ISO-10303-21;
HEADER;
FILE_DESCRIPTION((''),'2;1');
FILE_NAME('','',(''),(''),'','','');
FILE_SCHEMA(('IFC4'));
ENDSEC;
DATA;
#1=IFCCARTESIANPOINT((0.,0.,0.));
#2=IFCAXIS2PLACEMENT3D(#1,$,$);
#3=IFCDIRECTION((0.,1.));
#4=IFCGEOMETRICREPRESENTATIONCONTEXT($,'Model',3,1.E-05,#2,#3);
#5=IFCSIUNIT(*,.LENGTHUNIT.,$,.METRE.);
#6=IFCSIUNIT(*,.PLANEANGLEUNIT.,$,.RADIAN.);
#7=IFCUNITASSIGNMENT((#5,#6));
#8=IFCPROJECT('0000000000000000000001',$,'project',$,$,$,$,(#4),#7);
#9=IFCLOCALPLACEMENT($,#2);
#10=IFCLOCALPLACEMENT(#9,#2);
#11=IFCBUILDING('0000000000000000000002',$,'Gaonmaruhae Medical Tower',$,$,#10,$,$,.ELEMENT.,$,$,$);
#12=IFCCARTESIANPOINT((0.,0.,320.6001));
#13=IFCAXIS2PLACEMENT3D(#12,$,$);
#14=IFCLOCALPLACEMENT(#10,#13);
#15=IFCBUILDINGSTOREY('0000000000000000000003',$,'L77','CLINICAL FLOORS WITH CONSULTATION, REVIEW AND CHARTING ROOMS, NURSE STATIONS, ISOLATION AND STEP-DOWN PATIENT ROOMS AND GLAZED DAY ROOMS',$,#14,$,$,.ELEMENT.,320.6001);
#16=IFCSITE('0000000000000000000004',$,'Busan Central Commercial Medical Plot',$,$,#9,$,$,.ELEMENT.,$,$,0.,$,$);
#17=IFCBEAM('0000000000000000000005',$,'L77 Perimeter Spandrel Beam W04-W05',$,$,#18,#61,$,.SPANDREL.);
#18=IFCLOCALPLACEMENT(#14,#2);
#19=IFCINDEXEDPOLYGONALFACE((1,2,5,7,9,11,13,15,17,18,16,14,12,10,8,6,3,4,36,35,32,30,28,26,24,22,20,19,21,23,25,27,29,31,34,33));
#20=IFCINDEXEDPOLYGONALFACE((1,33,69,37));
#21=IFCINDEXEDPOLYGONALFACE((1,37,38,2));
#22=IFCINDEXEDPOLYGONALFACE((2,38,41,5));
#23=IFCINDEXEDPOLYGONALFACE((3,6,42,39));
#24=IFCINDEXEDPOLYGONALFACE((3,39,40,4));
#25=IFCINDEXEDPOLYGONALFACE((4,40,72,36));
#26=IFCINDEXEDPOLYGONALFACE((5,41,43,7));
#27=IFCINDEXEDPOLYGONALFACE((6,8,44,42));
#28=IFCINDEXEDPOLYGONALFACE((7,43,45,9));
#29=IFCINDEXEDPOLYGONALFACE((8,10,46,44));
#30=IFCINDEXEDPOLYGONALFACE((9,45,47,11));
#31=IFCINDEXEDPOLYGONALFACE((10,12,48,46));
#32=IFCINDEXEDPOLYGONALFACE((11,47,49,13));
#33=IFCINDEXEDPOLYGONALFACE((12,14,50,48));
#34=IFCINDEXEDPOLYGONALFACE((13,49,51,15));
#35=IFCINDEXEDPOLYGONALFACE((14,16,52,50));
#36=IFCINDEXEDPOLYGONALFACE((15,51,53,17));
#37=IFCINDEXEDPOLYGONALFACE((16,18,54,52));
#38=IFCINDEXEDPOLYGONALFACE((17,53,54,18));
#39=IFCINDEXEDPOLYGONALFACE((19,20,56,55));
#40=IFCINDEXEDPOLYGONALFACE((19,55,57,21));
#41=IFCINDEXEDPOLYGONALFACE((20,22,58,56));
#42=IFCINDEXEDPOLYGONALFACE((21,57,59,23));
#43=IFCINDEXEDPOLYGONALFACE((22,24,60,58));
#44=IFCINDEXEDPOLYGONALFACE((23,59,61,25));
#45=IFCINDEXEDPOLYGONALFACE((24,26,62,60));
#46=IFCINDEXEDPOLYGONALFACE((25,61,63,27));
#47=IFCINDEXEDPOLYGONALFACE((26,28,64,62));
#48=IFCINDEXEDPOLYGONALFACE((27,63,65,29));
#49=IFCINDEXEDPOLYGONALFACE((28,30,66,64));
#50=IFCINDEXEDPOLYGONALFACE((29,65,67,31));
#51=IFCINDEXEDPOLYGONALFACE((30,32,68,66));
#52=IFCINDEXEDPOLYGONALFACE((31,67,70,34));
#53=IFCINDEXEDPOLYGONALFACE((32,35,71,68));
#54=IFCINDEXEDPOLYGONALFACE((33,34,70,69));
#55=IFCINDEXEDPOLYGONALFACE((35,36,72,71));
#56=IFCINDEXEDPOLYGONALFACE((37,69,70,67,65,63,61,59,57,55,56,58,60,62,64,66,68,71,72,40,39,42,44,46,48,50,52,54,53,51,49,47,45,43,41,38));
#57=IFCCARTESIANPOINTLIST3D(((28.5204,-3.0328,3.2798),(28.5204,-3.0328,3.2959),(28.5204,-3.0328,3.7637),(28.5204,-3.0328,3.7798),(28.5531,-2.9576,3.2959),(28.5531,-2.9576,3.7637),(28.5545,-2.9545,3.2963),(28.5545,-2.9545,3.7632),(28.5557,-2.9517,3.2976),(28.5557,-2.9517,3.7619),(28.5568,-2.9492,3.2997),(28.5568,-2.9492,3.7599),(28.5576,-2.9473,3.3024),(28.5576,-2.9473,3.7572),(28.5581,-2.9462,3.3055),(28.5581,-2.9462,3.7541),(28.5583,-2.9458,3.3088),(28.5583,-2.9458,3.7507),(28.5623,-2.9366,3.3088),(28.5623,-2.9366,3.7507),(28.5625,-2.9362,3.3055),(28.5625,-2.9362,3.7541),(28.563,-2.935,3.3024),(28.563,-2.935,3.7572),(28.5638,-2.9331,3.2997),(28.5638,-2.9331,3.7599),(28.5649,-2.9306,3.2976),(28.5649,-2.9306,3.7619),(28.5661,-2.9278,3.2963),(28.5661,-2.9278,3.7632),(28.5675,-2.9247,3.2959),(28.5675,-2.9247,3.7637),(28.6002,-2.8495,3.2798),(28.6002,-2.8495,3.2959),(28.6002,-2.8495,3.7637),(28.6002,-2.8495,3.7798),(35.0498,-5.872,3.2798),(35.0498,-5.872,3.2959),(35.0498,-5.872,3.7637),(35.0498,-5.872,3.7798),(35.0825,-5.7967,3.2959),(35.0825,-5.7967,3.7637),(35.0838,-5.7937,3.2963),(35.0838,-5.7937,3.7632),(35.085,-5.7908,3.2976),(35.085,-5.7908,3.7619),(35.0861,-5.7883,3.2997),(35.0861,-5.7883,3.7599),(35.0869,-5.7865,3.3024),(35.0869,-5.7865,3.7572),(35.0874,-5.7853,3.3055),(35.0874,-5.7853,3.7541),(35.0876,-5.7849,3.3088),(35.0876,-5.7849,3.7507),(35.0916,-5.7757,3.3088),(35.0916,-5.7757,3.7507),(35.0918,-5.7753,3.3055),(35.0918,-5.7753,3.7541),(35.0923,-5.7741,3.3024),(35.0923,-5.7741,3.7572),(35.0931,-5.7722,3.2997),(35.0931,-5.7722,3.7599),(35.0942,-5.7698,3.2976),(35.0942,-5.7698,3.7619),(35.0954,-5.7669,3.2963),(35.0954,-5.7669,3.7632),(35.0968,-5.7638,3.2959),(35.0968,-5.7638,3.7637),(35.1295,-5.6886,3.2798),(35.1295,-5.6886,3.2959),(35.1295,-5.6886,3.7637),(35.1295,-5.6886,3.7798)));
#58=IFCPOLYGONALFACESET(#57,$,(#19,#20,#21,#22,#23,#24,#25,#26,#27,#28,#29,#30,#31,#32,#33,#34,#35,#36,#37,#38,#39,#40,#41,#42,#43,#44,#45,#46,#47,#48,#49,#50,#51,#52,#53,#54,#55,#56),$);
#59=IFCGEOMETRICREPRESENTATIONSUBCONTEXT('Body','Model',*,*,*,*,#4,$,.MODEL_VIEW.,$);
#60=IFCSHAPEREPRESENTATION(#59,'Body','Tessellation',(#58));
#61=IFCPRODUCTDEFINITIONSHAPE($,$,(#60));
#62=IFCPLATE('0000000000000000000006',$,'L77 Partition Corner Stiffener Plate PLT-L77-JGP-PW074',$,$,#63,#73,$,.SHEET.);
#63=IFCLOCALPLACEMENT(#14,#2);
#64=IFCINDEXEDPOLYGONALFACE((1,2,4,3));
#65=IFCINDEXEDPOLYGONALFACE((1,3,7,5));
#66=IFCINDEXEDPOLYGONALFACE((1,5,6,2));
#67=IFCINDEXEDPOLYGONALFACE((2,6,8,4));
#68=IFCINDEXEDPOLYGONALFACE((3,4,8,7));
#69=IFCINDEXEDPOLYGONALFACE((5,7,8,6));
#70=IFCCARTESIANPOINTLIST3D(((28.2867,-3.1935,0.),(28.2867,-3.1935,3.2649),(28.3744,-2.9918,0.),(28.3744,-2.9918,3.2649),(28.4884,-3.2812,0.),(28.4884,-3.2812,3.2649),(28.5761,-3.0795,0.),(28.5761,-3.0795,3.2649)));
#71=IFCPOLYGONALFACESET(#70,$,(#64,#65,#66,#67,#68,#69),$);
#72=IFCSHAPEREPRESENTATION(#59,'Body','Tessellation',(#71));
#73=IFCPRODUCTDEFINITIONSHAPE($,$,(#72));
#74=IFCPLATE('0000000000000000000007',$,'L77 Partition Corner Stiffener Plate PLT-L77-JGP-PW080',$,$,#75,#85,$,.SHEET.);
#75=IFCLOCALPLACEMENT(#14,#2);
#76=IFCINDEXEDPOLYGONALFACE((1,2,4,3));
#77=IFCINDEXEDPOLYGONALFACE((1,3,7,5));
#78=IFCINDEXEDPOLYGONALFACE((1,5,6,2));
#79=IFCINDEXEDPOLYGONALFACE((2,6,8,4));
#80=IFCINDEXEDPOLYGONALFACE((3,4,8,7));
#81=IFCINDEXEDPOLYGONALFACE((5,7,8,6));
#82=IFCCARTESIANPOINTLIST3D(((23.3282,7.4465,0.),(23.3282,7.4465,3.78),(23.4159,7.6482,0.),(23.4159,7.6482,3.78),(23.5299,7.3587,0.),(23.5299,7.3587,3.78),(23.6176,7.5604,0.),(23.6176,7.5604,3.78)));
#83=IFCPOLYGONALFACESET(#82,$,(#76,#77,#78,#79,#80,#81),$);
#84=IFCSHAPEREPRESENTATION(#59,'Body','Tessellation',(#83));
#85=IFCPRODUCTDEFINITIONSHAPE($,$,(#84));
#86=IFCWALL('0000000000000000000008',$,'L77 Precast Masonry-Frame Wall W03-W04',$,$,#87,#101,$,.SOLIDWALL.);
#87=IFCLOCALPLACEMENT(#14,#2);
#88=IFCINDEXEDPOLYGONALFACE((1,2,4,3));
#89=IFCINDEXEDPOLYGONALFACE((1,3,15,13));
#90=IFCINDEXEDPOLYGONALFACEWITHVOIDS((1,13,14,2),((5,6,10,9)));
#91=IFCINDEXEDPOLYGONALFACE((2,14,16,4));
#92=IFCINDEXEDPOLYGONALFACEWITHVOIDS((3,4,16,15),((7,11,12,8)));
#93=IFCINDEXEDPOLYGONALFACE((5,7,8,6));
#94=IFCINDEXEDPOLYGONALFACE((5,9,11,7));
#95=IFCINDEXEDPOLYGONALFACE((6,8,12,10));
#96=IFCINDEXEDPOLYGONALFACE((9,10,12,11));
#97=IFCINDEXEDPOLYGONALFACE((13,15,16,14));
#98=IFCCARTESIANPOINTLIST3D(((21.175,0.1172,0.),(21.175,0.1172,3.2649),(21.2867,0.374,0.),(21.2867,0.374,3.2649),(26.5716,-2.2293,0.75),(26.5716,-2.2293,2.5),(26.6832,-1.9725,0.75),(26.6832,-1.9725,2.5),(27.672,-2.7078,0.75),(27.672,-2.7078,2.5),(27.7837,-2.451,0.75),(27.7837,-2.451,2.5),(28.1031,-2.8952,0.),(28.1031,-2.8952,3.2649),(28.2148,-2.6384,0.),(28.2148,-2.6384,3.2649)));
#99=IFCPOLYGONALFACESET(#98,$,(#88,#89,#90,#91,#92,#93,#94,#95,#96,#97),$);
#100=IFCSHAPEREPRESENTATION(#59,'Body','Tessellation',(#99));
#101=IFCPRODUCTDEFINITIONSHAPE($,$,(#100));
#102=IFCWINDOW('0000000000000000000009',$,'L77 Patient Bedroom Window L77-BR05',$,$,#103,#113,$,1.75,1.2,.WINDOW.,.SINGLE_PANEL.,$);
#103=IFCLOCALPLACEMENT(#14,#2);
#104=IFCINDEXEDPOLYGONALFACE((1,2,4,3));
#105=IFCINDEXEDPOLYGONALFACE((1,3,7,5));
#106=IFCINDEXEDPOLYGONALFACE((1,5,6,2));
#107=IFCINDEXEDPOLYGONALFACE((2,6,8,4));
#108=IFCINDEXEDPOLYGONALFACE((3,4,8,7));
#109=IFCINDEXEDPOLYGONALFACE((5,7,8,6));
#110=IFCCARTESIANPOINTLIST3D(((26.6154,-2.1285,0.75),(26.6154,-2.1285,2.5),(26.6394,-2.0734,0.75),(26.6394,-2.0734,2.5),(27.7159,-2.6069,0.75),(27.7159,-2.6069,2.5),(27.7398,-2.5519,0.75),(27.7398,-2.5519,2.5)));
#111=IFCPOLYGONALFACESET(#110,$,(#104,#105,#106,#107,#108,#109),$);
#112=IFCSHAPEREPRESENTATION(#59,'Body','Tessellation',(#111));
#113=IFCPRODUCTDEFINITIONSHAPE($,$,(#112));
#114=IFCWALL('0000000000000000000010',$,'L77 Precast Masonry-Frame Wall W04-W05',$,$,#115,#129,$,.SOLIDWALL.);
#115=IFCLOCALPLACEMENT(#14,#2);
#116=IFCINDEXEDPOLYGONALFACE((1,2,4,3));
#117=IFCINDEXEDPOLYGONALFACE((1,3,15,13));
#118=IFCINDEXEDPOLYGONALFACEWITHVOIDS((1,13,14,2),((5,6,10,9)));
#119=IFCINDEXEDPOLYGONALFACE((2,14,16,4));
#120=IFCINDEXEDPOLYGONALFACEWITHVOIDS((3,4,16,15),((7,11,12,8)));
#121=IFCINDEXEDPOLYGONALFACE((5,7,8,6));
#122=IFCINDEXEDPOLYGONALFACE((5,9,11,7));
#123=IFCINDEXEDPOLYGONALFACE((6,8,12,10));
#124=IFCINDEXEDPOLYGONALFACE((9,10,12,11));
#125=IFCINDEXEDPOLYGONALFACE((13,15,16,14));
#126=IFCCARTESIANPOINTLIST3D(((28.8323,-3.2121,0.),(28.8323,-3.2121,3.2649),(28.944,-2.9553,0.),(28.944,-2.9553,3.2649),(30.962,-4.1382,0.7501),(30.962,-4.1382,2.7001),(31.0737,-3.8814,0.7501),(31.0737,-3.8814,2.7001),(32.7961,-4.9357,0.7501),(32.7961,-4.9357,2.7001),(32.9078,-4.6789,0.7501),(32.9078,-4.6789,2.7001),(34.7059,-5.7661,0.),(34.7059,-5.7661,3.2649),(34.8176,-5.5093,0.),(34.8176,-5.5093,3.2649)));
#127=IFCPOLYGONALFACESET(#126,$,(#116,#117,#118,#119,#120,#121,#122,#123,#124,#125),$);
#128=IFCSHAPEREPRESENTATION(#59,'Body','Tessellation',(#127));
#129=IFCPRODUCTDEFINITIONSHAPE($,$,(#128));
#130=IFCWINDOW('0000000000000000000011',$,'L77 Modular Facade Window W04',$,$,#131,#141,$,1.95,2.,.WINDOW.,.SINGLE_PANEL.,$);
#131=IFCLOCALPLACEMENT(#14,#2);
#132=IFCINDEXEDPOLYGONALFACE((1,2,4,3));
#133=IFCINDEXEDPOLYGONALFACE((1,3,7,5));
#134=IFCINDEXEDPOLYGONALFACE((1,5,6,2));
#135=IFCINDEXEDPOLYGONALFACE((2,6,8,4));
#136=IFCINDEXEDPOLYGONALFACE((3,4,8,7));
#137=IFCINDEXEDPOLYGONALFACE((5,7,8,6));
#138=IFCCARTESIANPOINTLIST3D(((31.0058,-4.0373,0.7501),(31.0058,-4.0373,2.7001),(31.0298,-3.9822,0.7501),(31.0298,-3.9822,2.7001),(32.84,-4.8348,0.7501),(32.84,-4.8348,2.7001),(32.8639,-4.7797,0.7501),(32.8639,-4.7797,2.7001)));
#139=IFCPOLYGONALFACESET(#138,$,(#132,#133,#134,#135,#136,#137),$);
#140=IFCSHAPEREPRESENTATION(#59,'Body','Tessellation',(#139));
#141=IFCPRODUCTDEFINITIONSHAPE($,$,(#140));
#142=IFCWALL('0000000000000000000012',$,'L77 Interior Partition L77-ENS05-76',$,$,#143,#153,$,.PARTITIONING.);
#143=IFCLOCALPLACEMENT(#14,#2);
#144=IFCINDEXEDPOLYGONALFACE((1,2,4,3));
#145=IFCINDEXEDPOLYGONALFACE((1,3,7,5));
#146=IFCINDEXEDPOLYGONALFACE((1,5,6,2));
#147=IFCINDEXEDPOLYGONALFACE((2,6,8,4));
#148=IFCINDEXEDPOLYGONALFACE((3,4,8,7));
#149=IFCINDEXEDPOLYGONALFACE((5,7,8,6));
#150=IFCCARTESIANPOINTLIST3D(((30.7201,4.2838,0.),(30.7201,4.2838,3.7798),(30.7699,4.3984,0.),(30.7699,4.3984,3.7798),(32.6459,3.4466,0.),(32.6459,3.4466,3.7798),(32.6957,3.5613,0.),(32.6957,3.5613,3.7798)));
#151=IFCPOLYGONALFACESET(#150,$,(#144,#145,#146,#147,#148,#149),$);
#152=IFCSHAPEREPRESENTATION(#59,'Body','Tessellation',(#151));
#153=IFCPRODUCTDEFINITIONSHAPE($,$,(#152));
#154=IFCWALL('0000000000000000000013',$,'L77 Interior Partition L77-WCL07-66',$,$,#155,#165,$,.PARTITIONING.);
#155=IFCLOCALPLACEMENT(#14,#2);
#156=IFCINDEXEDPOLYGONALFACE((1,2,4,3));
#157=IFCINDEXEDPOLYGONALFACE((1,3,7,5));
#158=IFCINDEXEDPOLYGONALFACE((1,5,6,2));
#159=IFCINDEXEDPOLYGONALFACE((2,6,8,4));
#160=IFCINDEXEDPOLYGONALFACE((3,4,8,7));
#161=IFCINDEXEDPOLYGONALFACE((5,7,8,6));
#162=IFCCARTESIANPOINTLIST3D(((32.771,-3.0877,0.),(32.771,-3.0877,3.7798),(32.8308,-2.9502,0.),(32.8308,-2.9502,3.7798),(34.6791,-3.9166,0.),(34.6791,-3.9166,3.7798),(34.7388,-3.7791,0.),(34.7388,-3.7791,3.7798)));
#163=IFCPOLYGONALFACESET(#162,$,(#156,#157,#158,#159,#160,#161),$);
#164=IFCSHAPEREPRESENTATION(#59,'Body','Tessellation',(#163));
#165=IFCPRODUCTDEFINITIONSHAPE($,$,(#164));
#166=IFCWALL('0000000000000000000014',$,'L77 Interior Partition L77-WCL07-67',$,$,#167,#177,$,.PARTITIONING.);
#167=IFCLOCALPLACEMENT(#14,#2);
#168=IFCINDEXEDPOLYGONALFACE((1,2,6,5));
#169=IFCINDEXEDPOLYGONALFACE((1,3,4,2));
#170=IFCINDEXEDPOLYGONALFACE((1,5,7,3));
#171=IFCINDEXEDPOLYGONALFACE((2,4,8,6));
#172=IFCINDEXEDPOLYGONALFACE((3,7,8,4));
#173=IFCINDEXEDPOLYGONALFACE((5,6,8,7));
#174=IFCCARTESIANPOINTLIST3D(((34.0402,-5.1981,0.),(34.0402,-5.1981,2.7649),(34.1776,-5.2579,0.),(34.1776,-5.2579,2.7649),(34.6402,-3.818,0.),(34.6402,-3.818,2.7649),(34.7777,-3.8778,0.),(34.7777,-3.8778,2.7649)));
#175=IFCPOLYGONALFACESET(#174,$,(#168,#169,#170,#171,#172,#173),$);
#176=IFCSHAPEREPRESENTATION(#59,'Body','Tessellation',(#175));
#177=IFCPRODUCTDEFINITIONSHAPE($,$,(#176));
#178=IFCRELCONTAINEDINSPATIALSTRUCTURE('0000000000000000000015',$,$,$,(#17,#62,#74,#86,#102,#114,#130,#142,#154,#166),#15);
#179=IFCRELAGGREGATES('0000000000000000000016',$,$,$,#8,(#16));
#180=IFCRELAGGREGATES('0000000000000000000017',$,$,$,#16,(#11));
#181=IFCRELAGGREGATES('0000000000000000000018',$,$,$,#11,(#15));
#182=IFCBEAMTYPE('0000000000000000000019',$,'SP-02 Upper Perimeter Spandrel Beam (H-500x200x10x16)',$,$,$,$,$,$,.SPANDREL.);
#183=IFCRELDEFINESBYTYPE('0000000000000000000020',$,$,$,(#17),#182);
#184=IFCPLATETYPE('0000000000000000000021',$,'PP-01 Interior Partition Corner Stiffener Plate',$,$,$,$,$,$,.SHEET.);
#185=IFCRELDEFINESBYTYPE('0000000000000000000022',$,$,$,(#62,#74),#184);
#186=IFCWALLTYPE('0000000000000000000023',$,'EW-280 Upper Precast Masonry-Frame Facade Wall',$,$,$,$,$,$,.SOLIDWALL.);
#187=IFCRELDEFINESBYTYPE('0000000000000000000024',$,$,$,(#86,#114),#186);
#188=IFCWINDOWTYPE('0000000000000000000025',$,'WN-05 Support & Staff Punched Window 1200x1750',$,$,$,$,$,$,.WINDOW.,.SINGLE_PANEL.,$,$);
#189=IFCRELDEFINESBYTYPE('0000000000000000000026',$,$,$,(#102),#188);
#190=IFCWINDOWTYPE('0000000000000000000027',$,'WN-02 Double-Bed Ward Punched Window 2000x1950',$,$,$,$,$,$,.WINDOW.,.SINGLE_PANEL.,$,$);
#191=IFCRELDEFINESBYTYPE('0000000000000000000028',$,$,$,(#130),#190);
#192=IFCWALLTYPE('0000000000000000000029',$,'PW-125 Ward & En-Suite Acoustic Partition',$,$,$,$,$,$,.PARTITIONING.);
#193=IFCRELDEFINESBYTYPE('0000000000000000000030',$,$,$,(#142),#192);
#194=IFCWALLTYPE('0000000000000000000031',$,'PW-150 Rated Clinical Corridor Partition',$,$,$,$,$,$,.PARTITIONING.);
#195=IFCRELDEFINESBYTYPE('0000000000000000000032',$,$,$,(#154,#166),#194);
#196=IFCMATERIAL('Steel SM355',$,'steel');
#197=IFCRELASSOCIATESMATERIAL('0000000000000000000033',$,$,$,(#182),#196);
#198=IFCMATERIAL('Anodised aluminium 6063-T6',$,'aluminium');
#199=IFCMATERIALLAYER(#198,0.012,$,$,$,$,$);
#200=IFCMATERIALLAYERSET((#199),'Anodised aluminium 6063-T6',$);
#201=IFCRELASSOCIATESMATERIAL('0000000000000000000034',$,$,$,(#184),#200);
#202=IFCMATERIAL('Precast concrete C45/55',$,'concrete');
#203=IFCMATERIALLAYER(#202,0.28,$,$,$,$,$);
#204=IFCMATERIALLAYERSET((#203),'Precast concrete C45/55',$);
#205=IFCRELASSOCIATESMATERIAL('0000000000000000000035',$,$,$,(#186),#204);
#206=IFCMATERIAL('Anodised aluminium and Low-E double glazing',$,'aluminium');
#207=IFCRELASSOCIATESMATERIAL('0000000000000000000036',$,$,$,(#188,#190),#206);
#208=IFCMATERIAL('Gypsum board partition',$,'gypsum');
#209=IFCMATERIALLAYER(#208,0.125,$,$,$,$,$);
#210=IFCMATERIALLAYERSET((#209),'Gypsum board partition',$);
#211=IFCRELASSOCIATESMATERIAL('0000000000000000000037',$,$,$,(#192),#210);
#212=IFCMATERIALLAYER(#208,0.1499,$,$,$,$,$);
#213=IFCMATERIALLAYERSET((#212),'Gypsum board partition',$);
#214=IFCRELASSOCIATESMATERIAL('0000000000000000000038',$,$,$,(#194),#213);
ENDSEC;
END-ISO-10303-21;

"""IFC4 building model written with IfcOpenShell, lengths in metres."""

from ifc_helpers import new_model, si_unit, direction, frame, frame_2d, origin, origin_2d, place, context, subcontext, project, spatial, rectangle, i_section, extrude, material, layer, layer_set, material_profile, profile_set, type_object, element, fill, save


model = new_model("IFC4")

# Units and contexts
model_context = context("Model", 3, precision=1e-05, world=origin(), true_north=direction((0.0, 1.0)))
body_context = subcontext(model_context, "Body", "Model", "MODEL_VIEW")
ifc_project = project(units=[si_unit("LENGTHUNIT", "METRE"), si_unit("PLANEANGLEUNIT", "RADIAN")], contexts=[model_context])

# Site, building, storey
site_placement = place(None, origin())
site = spatial("IfcSite", under=ifc_project, at=site_placement, Name="Busan Central Commercial Medical Plot", CompositionType="ELEMENT", RefElevation=0.0)
building_placement = place(site_placement, origin())
building = spatial("IfcBuilding", under=site, at=building_placement, Name="Gaonmaruhae Medical Tower", CompositionType="ELEMENT")
storey_placement = place(building_placement, frame((0.0, 0.0, 320.6001)))
storey = spatial("IfcBuildingStorey", under=building, at=storey_placement, Name="L77", Description="CLINICAL FLOORS WITH CONSULTATION, REVIEW AND CHARTING ROOMS, NURSE STATIONS, ISOLATION AND STEP-DOWN PATIENT ROOMS AND GLAZED DAY ROOMS", CompositionType="ELEMENT", Elevation=320.6001)

# Beam
ifc_material_1 = material(Name="Steel SM355", Category="steel")
ifc_material_profile_1 = material_profile(ifc_material_1, i_section(OverallWidth=0.2, OverallDepth=0.5, WebThickness=0.01, FlangeThickness=0.0161, FilletRadius=0.0129, at=origin_2d()), Name="H-500x200x10x16")
ifc_profile_set_1 = profile_set([ifc_material_profile_1], Name="Steel SM355")
beam_type_1 = type_object("IfcBeamType", Name="SP-02 Upper Perimeter Spandrel Beam (H-500x200x10x16)", PredefinedType="SPANDREL", material=ifc_profile_set_1)
beam_1_placement = place(storey_placement, frame((28.5603, -2.9412, 3.5298), z_axis=(0.917055, -0.39876, 0.0), x_axis=(0.39876, 0.917055, 0.0)))
element("IfcBeam", 1, at=beam_1_placement, inside=storey, type_object=beam_type_1, Name="L77 Perimeter Spandrel Beam W04-W05", PredefinedType="SPANDREL", context=body_context, shape_type="SweptSolid", body=[
    extrude(i_section(OverallWidth=0.2, OverallDepth=0.5, WebThickness=0.01, FlangeThickness=0.0161, FilletRadius=0.0129, at=origin_2d()), origin(), (0.0, 0.0, 1.0), 7.1199),
])

# Plates
ifc_material_2 = material(Name="Anodised aluminium 6063-T6", Category="aluminium")
ifc_layer_1 = layer(ifc_material_2, 0.012)
ifc_layer_set_1 = layer_set([ifc_layer_1], Name="Anodised aluminium 6063-T6")
plate_type = type_object("IfcPlateType", Name="PP-01 Interior Partition Corner Stiffener Plate", PredefinedType="SHEET", material=ifc_layer_set_1)
plate_1_placement = place(storey_placement, frame((28.4314, -3.1365, 0.0), z_axis=(0.0, 0.0, 1.0), x_axis=(-0.917053, 0.398765, 0.0)))
element("IfcPlate", 2, at=plate_1_placement, inside=storey, type_object=plate_type, Name="L77 Partition Corner Stiffener Plate PLT-L77-JGP-PW074", PredefinedType="SHEET", context=body_context, shape_type="SweptSolid", body=[
    extrude(rectangle(XDim=0.22, YDim=0.22, at=origin_2d()), origin(), (0.0, 0.0, 1.0), 3.2649),
])
plate_2_placement = place(storey_placement, frame((23.4729, 7.5034, 0.0), z_axis=(0.0, 0.0, 1.0), x_axis=(0.916907, -0.399101, 0.0)))
element("IfcPlate", 3, at=plate_2_placement, inside=storey, type_object=plate_type, Name="L77 Partition Corner Stiffener Plate PLT-L77-JGP-PW080", PredefinedType="SHEET", context=body_context, shape_type="SweptSolid", body=[
    extrude(rectangle(XDim=0.22, YDim=0.22, at=origin_2d()), origin(), (0.0, 0.0, 1.0), 3.78),
])

# Walls, openings, windows
ifc_material_3 = material(Name="Precast concrete C45/55", Category="concrete")
ifc_layer_2 = layer(ifc_material_3, 0.28)
ifc_layer_set_2 = layer_set([ifc_layer_2], Name="Precast concrete C45/55")
wall_type_1 = type_object("IfcWallType", Name="EW-280 Upper Precast Masonry-Frame Facade Wall", PredefinedType="SOLIDWALL", material=ifc_layer_set_2)
wall_1_placement = place(storey_placement, frame((28.1589, -2.7668, 0.0), z_axis=(0.0, 0.0, 1.0), x_axis=(-0.917061, 0.398746, 0.0)))
wall_1 = element("IfcWall", 4, at=wall_1_placement, inside=storey, type_object=wall_type_1, Name="L77 Precast Masonry-Frame Wall W03-W04", PredefinedType="SOLIDWALL", context=body_context, shape_type="SweptSolid", body=[
    extrude(rectangle(XDim=7.5547, YDim=0.28, at=frame_2d((3.7773, 0.0))), origin(), (0.0, 0.0, 1.0), 3.2649),
])
opening_1_placement = place(wall_1_placement, frame((0.47, 0.0, 0.75)))
opening_1 = element("IfcOpeningElement", 5, at=opening_1_placement, cuts=wall_1, PredefinedType="OPENING", context=body_context, shape_type="SweptSolid", body=[
    extrude(rectangle(XDim=1.2, YDim=1.75, at=frame_2d((0.6001, 0.875))), frame((0.0, 0.1499, 0.0), z_axis=(0.0, -1.0, 0.0), x_axis=(1.0, 0.0, 0.0)), (0.0, 0.0, 1.0), 0.3),
])
ifc_material_4 = material(Name="Anodised aluminium and Low-E double glazing", Category="aluminium")
window_type_1 = type_object("IfcWindowType", Name="WN-05 Support & Staff Punched Window 1200x1750", PartitioningType="SINGLE_PANEL", PredefinedType="WINDOW", material=ifc_material_4)
window_1_placement = place(opening_1_placement, origin())
window_1 = element("IfcWindow", 6, at=window_1_placement, inside=storey, type_object=window_type_1, Name="L77 Patient Bedroom Window L77-BR05", OverallHeight=1.75, OverallWidth=1.2, PartitioningType="SINGLE_PANEL", PredefinedType="WINDOW", context=body_context, shape_type="SweptSolid", body=[
    extrude(rectangle(XDim=1.2, YDim=1.75, at=frame_2d((0.6001, 0.875))), frame((0.0, 0.03, 0.0), z_axis=(0.0, -1.0, 0.0), x_axis=(1.0, 0.0, 0.0)), (0.0, 0.0, 1.0), 0.0601),
])
fill(opening_1, window_1)
wall_2_placement = place(storey_placement, frame((34.7617, -5.6377, 0.0), z_axis=(0.0, 0.0, 1.0), x_axis=(-0.917056, 0.398758, 0.0)))
wall_2 = element("IfcWall", 7, at=wall_2_placement, inside=storey, type_object=wall_type_1, Name="L77 Precast Masonry-Frame Wall W04-W05", PredefinedType="SOLIDWALL", context=body_context, shape_type="SweptSolid", body=[
    extrude(rectangle(XDim=6.4048, YDim=0.28, at=frame_2d((3.2024, 0.0))), origin(), (0.0, 0.0, 1.0), 3.2649),
])
opening_2_placement = place(wall_2_placement, frame((2.0825, 0.0, 0.75)))
opening_2 = element("IfcOpeningElement", 8, at=opening_2_placement, cuts=wall_2, PredefinedType="OPENING", context=body_context, shape_type="SweptSolid", body=[
    extrude(rectangle(XDim=2.0, YDim=1.95, at=frame_2d((1.0, 0.9751))), frame((0.0, 0.1499, 0.0), z_axis=(0.0, -1.0, 0.0), x_axis=(1.0, 0.0, 0.0)), (0.0, 0.0, 1.0), 0.3),
])
window_type_2 = type_object("IfcWindowType", Name="WN-02 Double-Bed Ward Punched Window 2000x1950", PartitioningType="SINGLE_PANEL", PredefinedType="WINDOW", material=ifc_material_4)
window_2_placement = place(opening_2_placement, origin())
window_2 = element("IfcWindow", 9, at=window_2_placement, inside=storey, type_object=window_type_2, Name="L77 Modular Facade Window W04", OverallHeight=1.95, OverallWidth=2.0, PartitioningType="SINGLE_PANEL", PredefinedType="WINDOW", context=body_context, shape_type="SweptSolid", body=[
    extrude(rectangle(XDim=2.0, YDim=1.95, at=frame_2d((1.0, 0.9751))), frame((0.0, 0.03, 0.0), z_axis=(0.0, -1.0, 0.0), x_axis=(1.0, 0.0, 0.0)), (0.0, 0.0, 1.0), 0.0601),
])
fill(opening_2, window_2)

# Wall
ifc_material_5 = material(Name="Gypsum board partition", Category="gypsum")
ifc_layer_3 = layer(ifc_material_5, 0.125)
ifc_layer_set_3 = layer_set([ifc_layer_3], Name="Gypsum board partition")
wall_type_2 = type_object("IfcWallType", Name="PW-125 Ward & En-Suite Acoustic Partition", PredefinedType="PARTITIONING", material=ifc_layer_set_3)
wall_3_placement = place(storey_placement, frame((30.7451, 4.3411, 0.0), z_axis=(0.0, 0.0, 1.0), x_axis=(0.917094, -0.398671, 0.0)))
element("IfcWall", 10, at=wall_3_placement, inside=storey, type_object=wall_type_2, Name="L77 Interior Partition L77-ENS05-76", PredefinedType="PARTITIONING", context=body_context, shape_type="SweptSolid", body=[
    extrude(rectangle(XDim=2.0999, YDim=0.125, at=frame_2d((1.0498, 0.0))), origin(), (0.0, 0.0, 1.0), 3.7798),
])

# Shared definitions
ifc_layer_4 = layer(ifc_material_5, 0.1499)
ifc_layer_set_4 = layer_set([ifc_layer_4], Name="Gypsum board partition")
wall_type_3 = type_object("IfcWallType", Name="PW-150 Rated Clinical Corridor Partition", PredefinedType="PARTITIONING", material=ifc_layer_set_4)

# Walls
wall_4_placement = place(storey_placement, frame((32.801, -3.019, 0.0), z_axis=(0.0, 0.0, 1.0), x_axis=(0.917191, -0.398447, 0.0)))
element("IfcWall", 11, at=wall_4_placement, inside=storey, type_object=wall_type_3, Name="L77 Interior Partition L77-WCL07-66", PredefinedType="PARTITIONING", context=body_context, shape_type="SweptSolid", body=[
    extrude(rectangle(XDim=2.0803, YDim=0.1499, at=frame_2d((1.04, 0.0))), origin(), (0.0, 0.0, 1.0), 3.7798),
])
wall_5_placement = place(storey_placement, frame((34.709, -3.8479, 0.0), z_axis=(0.0, 0.0, 1.0), x_axis=(-0.39875, -0.91706, 0.0)))
element("IfcWall", 12, at=wall_5_placement, inside=storey, type_object=wall_type_3, Name="L77 Interior Partition L77-WCL07-67", PredefinedType="PARTITIONING", context=body_context, shape_type="SweptSolid", body=[
    extrude(rectangle(XDim=1.5049, YDim=0.1499, at=frame_2d((0.7524, 0.0))), origin(), (0.0, 0.0, 1.0), 2.7649),
])

save(model, "model.ifc")
